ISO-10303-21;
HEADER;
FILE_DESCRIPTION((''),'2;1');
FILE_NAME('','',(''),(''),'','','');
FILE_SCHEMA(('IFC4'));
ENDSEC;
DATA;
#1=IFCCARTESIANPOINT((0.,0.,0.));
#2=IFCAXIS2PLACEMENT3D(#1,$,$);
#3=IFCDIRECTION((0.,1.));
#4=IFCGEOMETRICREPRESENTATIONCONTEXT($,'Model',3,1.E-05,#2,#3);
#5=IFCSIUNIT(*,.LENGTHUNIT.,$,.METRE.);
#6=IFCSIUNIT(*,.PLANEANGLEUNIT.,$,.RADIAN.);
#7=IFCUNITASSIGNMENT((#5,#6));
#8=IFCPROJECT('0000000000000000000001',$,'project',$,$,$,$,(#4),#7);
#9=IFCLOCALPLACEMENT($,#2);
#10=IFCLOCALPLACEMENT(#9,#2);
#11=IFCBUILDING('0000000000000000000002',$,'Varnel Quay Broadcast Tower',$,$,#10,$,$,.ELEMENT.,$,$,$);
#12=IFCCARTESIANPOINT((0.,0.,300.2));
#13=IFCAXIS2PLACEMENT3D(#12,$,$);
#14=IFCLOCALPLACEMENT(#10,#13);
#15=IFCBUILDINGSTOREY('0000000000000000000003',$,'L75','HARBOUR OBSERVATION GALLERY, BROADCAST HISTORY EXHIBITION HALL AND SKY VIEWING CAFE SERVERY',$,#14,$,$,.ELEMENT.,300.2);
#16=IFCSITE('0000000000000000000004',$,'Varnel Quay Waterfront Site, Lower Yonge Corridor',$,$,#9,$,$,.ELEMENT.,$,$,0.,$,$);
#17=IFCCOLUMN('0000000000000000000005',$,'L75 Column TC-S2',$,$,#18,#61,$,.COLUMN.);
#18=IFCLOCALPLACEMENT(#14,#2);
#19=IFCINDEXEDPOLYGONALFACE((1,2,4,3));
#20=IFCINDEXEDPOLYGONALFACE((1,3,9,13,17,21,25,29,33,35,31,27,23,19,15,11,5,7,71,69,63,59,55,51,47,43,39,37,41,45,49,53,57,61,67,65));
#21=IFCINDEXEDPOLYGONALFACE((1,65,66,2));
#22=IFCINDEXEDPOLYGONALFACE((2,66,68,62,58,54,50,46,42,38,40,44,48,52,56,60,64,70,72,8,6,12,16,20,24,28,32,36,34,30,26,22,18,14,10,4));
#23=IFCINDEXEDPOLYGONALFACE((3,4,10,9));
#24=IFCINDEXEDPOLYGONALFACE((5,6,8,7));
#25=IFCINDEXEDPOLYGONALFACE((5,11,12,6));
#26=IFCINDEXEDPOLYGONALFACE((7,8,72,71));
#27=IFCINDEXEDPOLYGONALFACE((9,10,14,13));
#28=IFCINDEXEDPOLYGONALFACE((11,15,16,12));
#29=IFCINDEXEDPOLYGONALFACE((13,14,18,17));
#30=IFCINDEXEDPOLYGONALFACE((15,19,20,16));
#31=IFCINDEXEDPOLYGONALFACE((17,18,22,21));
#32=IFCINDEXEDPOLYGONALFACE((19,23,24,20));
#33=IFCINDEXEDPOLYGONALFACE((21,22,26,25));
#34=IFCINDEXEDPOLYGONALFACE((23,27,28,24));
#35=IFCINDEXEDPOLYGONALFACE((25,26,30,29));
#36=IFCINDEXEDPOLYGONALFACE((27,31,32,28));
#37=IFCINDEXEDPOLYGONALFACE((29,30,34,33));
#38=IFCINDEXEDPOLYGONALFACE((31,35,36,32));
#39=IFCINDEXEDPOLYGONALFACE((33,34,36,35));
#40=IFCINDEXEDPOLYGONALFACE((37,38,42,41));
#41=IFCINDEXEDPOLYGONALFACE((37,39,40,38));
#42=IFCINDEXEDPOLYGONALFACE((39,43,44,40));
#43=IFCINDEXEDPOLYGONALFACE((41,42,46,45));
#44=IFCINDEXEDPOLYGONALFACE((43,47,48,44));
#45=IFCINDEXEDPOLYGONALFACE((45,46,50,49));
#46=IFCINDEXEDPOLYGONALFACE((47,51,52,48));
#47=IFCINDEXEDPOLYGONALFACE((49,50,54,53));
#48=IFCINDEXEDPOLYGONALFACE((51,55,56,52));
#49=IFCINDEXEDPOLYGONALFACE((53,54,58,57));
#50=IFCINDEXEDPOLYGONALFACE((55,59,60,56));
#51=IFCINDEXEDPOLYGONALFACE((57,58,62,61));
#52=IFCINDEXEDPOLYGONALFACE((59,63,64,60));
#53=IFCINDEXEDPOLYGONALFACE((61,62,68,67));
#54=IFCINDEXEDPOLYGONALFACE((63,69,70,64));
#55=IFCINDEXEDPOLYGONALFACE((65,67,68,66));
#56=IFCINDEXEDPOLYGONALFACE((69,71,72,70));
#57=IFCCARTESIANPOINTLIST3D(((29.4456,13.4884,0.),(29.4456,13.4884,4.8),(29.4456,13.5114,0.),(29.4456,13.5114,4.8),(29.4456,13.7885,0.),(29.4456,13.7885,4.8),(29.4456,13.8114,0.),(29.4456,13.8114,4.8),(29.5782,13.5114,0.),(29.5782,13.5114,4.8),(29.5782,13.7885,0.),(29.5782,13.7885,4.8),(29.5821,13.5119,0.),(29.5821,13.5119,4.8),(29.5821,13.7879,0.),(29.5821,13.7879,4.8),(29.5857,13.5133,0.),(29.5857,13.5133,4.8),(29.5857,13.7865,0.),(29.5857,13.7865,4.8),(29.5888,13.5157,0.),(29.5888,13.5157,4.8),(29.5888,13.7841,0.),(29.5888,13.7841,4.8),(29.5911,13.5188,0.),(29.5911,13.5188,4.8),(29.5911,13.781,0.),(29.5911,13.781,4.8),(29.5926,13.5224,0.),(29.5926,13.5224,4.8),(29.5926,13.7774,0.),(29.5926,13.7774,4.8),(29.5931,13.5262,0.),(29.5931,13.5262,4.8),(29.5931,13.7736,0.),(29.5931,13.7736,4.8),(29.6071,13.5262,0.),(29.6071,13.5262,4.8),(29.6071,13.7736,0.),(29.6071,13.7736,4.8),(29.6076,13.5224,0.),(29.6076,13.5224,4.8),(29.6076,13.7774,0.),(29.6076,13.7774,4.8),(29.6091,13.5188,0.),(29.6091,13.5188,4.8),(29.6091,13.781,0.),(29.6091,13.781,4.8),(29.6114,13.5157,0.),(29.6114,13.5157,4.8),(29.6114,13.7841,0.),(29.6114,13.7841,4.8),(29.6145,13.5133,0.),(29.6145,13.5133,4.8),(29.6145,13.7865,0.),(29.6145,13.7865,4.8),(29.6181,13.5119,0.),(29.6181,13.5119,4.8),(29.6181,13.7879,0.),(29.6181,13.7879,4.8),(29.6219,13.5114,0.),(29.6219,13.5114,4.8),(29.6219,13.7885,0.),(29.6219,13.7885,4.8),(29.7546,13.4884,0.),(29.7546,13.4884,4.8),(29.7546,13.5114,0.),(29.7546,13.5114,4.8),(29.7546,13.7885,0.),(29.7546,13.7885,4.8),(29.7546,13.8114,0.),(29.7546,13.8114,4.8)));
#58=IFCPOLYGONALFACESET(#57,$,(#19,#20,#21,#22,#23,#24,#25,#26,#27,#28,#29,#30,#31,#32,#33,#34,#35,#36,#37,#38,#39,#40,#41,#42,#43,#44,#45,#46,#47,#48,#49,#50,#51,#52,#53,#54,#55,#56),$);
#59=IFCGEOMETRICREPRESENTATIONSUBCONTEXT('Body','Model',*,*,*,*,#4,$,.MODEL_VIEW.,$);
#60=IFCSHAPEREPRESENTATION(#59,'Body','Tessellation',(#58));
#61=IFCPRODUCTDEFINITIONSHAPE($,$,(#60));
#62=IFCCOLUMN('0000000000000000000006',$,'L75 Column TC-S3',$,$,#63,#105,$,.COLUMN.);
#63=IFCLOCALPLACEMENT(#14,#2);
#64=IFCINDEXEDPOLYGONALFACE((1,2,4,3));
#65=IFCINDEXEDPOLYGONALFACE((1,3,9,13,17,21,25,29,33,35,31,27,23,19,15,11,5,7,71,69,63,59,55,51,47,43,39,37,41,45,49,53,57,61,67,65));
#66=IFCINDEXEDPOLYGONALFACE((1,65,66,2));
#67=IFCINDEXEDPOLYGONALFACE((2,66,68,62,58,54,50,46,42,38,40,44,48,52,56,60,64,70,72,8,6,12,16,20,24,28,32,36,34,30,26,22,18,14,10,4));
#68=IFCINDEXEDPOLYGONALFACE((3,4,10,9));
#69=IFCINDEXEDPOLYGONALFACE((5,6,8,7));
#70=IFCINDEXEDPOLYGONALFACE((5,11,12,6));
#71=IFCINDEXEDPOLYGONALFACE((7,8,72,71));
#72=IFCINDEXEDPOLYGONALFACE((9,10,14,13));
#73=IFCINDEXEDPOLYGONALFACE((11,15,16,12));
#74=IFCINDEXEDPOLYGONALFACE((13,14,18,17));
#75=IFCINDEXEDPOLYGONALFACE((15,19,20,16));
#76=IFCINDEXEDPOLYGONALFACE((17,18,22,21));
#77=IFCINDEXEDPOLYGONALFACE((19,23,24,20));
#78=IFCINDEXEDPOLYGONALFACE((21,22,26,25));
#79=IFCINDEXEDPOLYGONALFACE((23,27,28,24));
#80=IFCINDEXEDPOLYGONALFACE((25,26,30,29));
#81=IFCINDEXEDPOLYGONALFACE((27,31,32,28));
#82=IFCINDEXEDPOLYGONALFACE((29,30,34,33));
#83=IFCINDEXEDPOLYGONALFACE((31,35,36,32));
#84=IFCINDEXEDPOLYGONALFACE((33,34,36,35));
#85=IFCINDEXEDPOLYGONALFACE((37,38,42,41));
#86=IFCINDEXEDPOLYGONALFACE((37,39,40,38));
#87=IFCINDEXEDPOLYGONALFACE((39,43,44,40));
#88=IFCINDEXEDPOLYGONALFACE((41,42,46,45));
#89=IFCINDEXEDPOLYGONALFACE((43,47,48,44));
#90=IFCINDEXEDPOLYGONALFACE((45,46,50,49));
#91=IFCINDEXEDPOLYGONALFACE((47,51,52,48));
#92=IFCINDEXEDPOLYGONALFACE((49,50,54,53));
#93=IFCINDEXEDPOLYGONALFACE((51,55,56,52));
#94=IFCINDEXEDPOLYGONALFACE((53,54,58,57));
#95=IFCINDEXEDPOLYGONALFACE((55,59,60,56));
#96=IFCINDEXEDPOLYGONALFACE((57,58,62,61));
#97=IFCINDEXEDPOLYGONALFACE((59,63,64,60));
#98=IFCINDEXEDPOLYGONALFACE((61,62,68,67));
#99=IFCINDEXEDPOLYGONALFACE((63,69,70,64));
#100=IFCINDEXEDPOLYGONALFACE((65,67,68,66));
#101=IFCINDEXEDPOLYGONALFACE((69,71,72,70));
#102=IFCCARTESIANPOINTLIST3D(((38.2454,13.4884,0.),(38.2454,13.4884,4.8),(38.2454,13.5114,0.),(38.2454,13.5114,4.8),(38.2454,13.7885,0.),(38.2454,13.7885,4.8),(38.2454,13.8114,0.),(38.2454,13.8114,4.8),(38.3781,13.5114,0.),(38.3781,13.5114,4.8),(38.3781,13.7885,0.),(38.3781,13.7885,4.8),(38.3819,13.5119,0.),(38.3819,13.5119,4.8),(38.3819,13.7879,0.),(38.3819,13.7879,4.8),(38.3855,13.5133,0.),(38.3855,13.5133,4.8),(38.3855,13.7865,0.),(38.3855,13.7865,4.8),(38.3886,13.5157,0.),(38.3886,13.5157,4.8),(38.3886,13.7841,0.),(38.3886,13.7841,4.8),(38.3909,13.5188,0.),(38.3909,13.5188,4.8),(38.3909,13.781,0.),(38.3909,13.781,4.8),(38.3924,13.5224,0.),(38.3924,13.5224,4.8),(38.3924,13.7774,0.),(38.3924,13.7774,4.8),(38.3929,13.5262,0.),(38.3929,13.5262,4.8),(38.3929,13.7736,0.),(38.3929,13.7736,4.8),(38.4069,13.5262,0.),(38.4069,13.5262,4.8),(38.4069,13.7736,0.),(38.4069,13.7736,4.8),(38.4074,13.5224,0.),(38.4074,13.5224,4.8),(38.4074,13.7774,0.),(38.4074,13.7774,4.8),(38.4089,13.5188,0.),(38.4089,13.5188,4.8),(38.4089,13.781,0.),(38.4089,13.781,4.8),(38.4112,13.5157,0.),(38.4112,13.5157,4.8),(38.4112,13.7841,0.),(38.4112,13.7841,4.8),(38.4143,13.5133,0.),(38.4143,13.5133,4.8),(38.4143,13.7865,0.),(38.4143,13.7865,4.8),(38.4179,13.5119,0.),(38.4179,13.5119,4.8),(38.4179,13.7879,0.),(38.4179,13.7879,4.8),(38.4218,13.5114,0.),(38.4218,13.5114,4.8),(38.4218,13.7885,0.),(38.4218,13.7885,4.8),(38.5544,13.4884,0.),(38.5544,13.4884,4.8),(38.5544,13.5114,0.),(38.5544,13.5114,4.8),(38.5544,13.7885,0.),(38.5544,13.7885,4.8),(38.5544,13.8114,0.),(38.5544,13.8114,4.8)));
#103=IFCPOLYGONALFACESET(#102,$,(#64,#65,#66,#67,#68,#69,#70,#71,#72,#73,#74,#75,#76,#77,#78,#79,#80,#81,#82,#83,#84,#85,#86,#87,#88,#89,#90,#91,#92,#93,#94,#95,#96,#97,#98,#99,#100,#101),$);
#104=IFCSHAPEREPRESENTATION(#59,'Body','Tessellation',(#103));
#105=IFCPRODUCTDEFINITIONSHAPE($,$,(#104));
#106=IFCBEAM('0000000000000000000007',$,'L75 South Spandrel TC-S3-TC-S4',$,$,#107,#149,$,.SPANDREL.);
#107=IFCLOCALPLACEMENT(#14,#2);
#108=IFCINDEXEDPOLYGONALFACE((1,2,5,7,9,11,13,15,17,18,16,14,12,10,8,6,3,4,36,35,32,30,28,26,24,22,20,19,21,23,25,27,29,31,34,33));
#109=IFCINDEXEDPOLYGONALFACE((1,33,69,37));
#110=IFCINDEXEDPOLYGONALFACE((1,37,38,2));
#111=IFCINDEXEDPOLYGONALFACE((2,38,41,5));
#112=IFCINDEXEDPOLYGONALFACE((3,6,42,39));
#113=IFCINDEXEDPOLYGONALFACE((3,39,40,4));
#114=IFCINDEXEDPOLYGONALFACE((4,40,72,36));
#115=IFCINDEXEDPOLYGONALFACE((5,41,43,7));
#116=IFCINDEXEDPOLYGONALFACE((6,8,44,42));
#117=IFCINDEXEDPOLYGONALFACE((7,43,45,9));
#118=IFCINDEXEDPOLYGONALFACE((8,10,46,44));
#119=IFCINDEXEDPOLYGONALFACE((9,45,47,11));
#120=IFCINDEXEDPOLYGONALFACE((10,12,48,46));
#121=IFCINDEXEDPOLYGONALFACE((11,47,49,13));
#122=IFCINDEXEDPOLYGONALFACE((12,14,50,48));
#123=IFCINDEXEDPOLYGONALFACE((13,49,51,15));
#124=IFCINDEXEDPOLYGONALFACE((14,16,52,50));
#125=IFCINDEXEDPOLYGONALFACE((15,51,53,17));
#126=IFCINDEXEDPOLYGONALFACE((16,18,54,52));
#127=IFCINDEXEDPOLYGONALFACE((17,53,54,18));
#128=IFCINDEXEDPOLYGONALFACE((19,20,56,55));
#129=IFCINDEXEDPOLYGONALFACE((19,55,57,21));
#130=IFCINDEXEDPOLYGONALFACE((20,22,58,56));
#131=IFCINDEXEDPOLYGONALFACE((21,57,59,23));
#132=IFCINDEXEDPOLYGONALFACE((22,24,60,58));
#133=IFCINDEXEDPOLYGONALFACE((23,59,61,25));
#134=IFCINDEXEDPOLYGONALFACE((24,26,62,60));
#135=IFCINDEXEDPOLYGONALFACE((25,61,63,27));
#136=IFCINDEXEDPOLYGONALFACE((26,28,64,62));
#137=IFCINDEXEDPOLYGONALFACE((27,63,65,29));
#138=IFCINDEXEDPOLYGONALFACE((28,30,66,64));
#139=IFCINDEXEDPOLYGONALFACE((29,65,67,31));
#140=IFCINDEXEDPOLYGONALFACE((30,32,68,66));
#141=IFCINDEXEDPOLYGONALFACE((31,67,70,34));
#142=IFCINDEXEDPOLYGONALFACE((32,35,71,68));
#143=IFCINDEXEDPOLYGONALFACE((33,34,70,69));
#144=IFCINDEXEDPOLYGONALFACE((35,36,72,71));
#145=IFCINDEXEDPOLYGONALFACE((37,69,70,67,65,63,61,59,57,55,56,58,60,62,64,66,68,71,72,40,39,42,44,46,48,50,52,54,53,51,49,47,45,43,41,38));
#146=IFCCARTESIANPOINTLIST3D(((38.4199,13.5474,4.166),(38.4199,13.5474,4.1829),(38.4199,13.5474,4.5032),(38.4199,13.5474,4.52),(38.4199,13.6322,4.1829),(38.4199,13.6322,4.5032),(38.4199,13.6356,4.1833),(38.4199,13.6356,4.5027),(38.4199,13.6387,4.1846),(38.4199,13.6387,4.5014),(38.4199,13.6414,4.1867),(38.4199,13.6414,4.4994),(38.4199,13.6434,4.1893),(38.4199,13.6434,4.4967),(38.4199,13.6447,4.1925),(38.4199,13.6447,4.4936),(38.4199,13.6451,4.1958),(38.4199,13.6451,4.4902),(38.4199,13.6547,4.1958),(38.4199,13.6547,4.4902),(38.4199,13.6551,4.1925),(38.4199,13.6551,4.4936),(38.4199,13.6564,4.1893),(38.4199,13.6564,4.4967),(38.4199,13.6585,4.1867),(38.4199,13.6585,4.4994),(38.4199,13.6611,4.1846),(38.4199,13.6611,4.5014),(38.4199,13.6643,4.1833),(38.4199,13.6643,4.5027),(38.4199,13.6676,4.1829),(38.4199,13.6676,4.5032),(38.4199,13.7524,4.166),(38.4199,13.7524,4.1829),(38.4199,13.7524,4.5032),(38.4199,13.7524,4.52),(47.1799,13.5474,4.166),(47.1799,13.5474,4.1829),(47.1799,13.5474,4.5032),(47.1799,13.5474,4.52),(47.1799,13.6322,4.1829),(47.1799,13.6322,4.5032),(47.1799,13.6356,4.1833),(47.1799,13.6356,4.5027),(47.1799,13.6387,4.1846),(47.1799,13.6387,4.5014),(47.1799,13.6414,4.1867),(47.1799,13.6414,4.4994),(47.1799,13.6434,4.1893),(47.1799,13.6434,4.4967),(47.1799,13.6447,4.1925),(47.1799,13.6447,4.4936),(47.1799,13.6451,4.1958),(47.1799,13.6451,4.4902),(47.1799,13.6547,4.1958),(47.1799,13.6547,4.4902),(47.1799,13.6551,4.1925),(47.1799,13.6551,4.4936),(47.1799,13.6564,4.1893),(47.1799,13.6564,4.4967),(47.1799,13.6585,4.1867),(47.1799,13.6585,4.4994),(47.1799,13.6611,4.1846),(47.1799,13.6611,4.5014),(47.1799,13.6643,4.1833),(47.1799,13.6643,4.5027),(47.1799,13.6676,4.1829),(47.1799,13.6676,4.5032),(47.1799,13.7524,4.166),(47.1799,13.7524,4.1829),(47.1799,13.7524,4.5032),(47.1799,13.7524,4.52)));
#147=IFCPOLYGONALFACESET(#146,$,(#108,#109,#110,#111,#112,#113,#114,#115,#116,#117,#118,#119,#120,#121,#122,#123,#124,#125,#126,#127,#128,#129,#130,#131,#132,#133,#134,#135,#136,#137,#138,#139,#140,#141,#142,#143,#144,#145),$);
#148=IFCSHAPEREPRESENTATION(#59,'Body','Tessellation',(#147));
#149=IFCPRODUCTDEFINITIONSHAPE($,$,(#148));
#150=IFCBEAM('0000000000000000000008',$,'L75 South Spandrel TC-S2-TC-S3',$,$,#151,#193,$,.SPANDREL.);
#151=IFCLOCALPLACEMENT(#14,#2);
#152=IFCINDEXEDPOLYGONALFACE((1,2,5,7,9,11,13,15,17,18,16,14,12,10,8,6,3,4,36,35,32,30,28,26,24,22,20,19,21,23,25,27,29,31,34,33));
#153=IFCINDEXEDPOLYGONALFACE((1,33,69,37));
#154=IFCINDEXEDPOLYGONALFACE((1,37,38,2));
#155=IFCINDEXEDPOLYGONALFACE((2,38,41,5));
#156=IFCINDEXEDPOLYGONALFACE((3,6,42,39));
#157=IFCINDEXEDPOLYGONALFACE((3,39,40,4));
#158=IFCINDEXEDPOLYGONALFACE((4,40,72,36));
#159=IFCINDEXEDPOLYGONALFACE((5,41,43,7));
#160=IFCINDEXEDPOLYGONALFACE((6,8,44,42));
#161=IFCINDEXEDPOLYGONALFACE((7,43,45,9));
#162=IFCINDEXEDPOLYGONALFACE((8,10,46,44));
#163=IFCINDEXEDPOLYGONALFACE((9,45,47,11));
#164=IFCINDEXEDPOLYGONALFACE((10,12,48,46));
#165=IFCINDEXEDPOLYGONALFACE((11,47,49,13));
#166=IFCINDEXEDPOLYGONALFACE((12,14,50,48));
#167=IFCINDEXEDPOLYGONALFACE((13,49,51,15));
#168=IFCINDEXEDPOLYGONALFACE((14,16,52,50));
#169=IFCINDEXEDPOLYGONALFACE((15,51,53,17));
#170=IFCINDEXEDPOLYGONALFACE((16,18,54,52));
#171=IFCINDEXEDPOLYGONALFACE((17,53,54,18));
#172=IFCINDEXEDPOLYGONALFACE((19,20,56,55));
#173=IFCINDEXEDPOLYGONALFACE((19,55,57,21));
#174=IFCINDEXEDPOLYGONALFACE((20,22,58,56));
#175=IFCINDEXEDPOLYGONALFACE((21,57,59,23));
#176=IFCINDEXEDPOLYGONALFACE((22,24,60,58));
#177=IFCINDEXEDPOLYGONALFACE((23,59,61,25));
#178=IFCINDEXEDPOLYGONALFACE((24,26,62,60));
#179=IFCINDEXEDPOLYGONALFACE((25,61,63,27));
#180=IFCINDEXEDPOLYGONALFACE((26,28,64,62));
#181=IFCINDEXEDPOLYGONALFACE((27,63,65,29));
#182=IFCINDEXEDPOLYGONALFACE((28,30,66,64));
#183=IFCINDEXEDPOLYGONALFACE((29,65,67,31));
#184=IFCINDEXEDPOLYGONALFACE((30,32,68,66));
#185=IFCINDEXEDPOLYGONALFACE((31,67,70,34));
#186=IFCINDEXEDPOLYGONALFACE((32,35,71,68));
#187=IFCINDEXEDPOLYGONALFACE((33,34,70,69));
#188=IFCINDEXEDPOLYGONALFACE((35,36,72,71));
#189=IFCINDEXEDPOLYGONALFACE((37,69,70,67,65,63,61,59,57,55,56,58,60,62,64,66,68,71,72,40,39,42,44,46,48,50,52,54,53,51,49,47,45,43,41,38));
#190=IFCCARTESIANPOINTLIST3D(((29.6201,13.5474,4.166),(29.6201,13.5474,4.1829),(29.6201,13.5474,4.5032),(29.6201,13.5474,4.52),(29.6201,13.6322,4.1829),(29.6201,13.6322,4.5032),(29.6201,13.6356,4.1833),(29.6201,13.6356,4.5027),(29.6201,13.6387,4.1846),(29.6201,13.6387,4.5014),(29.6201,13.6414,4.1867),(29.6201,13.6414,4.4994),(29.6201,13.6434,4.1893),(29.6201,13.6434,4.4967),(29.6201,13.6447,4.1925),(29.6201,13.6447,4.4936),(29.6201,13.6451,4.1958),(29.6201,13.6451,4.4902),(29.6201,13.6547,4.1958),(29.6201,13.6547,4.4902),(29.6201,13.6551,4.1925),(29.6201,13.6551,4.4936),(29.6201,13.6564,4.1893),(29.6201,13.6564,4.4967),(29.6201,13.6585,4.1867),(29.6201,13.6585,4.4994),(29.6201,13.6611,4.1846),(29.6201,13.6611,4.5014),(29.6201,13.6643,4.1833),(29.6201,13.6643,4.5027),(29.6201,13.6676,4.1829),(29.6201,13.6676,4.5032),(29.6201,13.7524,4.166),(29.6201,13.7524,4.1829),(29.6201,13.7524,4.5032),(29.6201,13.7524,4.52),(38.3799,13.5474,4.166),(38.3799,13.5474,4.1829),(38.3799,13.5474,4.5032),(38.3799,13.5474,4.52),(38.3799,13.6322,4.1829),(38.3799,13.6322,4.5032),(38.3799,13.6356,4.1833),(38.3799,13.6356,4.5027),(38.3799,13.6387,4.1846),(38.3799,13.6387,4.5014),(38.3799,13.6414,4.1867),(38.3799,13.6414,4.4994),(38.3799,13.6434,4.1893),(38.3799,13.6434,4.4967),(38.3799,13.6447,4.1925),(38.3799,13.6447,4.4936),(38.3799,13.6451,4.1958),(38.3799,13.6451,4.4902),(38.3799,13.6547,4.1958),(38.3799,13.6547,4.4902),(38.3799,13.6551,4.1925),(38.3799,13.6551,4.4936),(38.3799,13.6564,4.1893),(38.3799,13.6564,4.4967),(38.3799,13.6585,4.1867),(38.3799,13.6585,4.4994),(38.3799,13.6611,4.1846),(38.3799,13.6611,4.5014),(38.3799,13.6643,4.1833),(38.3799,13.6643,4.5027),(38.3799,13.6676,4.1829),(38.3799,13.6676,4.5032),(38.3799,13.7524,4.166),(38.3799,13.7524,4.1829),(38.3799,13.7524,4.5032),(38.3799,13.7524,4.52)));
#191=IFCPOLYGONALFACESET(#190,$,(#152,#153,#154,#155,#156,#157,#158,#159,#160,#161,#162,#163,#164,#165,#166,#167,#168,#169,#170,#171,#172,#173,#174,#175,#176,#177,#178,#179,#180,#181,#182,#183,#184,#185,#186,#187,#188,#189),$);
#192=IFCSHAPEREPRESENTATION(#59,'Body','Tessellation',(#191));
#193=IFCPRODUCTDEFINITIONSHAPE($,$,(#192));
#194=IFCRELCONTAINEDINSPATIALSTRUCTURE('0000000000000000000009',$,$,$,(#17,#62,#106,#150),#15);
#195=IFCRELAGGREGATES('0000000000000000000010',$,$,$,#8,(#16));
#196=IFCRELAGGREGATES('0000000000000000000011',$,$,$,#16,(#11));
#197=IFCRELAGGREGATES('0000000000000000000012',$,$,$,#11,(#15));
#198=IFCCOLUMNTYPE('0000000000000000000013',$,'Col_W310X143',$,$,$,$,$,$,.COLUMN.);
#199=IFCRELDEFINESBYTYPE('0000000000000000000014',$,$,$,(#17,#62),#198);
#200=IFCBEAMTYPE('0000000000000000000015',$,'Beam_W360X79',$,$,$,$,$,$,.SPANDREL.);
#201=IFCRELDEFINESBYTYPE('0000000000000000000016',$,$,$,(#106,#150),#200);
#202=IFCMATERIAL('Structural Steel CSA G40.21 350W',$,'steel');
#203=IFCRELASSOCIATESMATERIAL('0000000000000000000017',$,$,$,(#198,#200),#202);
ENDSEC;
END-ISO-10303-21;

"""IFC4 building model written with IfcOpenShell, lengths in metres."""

from ifc_helpers import new_model, si_unit, direction, frame, origin, origin_2d, place, context, subcontext, project, spatial, i_section, extrude, source, transform, mapped, material, material_profile, profile_set, type_object, type_shapes, element, save


model = new_model("IFC4")

# Units and contexts
model_context = context("Model", 3, precision=1e-05, world=origin(), true_north=direction((0.0, 1.0)))
body_context = subcontext(model_context, "Body", "Model", "MODEL_VIEW")
ifc_project = project(units=[si_unit("LENGTHUNIT", "METRE"), si_unit("PLANEANGLEUNIT", "RADIAN")], contexts=[model_context])

# Site, building, storey
site_placement = place(None, origin())
site = spatial("IfcSite", under=ifc_project, at=site_placement, Name="Varnel Quay Waterfront Site, Lower Yonge Corridor", CompositionType="ELEMENT", RefElevation=0.0)
building_placement = place(site_placement, origin())
building = spatial("IfcBuilding", under=site, at=building_placement, Name="Varnel Quay Broadcast Tower", CompositionType="ELEMENT")
storey_placement = place(building_placement, frame((0.0, 0.0, 300.2)))
storey = spatial("IfcBuildingStorey", under=building, at=storey_placement, Name="L75", Description="HARBOUR OBSERVATION GALLERY, BROADCAST HISTORY EXHIBITION HALL AND SKY VIEWING CAFE SERVERY", CompositionType="ELEMENT", Elevation=300.2)

# Columns
ifc_material_1 = material(Name="Structural Steel CSA G40.21 350W", Category="steel")
ifc_material_profile_1 = material_profile(ifc_material_1, i_section(OverallWidth=0.3091, OverallDepth=0.323, WebThickness=0.0139, FlangeThickness=0.0229, FilletRadius=0.0149, at=origin_2d()), Name="W310X143")
ifc_profile_set_1 = profile_set([ifc_material_profile_1], Name="Structural Steel CSA G40.21 350W")
column_type = type_object("IfcColumnType", Name="Col_W310X143", PredefinedType="COLUMN", material=ifc_profile_set_1)
shared_shape_1 = source(origin(), body_context, "Body", "SweptSolid", [
    extrude(i_section(OverallWidth=0.3091, OverallDepth=0.323, WebThickness=0.0139, FlangeThickness=0.0229, FilletRadius=0.0149, at=origin_2d()), origin(), (0.0, 0.0, 1.0), 4.8),
])
type_shapes(column_type, [shared_shape_1])
for number, where, z_axis, x_axis, name in (
    (1, (29.6001, 13.6499, 0.0), (0.0, 0.0, 1.0), (1.0, 0.0, 0.0), "L75 Column TC-S2"),
    (2, (38.3999, 13.6499, 0.0), (0.0, 0.0, 1.0), (1.0, 0.0, 0.0), "L75 Column TC-S3"),
):
    element("IfcColumn", number, at=place(storey_placement, frame(where, z_axis=z_axis, x_axis=x_axis)), inside=storey, type_object=column_type, Name=name, PredefinedType="COLUMN", context=body_context, shape_type="MappedRepresentation", body=[
        mapped(shared_shape_1, transform((0.0, 0.0, 0.0), x_axis=(1.0, 0.0, 0.0), y_axis=(0.0, 1.0, 0.0), z_axis=(0.0, 0.0, 1.0), scale=1.0)),
    ])

# Beams
ifc_material_profile_2 = material_profile(ifc_material_1, i_section(OverallWidth=0.2051, OverallDepth=0.354, WebThickness=0.0095, FlangeThickness=0.0168, FilletRadius=0.0129, at=origin_2d()), Name="W360X79")
ifc_profile_set_2 = profile_set([ifc_material_profile_2], Name="Structural Steel CSA G40.21 350W")
beam_type_1 = type_object("IfcBeamType", Name="Beam_W360X79", PredefinedType="SPANDREL", material=ifc_profile_set_2)
shared_shape_2 = source(origin(), body_context, "Body", "SweptSolid", [
    extrude(i_section(OverallWidth=0.2051, OverallDepth=0.354, WebThickness=0.0095, FlangeThickness=0.0168, FilletRadius=0.0129, at=origin_2d()), origin(), (0.0, 0.0, 1.0), 8.76),
])
beam_1_placement = place(storey_placement, frame((38.4199, 13.6499, 4.343), z_axis=(1.0, 0.0, 0.0), x_axis=(0.0, 1.0, 0.0)))
element("IfcBeam", 3, at=beam_1_placement, inside=storey, type_object=beam_type_1, Name="L75 South Spandrel TC-S3-TC-S4", PredefinedType="SPANDREL", context=body_context, shape_type="MappedRepresentation", body=[
    mapped(shared_shape_2, transform((0.0, 0.0, 0.0), x_axis=(1.0, 0.0, 0.0), y_axis=(0.0, 1.0, 0.0), z_axis=(0.0, 0.0, 1.0), scale=1.0)),
])
shared_shape_3 = source(origin(), body_context, "Body", "SweptSolid", [
    extrude(i_section(OverallWidth=0.2051, OverallDepth=0.354, WebThickness=0.0095, FlangeThickness=0.0168, FilletRadius=0.0129, at=origin_2d()), origin(), (0.0, 0.0, 1.0), 8.7598),
])
type_shapes(beam_type_1, [shared_shape_2, shared_shape_3])
beam_2_placement = place(storey_placement, frame((29.6201, 13.6499, 4.343), z_axis=(1.0, 0.0, 0.0), x_axis=(0.0, 1.0, 0.0)))
element("IfcBeam", 4, at=beam_2_placement, inside=storey, type_object=beam_type_1, Name="L75 South Spandrel TC-S2-TC-S3", PredefinedType="SPANDREL", context=body_context, shape_type="MappedRepresentation", body=[
    mapped(shared_shape_3, transform((0.0, 0.0, 0.0), x_axis=(1.0, 0.0, 0.0), y_axis=(0.0, 1.0, 0.0), z_axis=(0.0, 0.0, 1.0), scale=1.0)),
])

save(model, "model.ifc")
